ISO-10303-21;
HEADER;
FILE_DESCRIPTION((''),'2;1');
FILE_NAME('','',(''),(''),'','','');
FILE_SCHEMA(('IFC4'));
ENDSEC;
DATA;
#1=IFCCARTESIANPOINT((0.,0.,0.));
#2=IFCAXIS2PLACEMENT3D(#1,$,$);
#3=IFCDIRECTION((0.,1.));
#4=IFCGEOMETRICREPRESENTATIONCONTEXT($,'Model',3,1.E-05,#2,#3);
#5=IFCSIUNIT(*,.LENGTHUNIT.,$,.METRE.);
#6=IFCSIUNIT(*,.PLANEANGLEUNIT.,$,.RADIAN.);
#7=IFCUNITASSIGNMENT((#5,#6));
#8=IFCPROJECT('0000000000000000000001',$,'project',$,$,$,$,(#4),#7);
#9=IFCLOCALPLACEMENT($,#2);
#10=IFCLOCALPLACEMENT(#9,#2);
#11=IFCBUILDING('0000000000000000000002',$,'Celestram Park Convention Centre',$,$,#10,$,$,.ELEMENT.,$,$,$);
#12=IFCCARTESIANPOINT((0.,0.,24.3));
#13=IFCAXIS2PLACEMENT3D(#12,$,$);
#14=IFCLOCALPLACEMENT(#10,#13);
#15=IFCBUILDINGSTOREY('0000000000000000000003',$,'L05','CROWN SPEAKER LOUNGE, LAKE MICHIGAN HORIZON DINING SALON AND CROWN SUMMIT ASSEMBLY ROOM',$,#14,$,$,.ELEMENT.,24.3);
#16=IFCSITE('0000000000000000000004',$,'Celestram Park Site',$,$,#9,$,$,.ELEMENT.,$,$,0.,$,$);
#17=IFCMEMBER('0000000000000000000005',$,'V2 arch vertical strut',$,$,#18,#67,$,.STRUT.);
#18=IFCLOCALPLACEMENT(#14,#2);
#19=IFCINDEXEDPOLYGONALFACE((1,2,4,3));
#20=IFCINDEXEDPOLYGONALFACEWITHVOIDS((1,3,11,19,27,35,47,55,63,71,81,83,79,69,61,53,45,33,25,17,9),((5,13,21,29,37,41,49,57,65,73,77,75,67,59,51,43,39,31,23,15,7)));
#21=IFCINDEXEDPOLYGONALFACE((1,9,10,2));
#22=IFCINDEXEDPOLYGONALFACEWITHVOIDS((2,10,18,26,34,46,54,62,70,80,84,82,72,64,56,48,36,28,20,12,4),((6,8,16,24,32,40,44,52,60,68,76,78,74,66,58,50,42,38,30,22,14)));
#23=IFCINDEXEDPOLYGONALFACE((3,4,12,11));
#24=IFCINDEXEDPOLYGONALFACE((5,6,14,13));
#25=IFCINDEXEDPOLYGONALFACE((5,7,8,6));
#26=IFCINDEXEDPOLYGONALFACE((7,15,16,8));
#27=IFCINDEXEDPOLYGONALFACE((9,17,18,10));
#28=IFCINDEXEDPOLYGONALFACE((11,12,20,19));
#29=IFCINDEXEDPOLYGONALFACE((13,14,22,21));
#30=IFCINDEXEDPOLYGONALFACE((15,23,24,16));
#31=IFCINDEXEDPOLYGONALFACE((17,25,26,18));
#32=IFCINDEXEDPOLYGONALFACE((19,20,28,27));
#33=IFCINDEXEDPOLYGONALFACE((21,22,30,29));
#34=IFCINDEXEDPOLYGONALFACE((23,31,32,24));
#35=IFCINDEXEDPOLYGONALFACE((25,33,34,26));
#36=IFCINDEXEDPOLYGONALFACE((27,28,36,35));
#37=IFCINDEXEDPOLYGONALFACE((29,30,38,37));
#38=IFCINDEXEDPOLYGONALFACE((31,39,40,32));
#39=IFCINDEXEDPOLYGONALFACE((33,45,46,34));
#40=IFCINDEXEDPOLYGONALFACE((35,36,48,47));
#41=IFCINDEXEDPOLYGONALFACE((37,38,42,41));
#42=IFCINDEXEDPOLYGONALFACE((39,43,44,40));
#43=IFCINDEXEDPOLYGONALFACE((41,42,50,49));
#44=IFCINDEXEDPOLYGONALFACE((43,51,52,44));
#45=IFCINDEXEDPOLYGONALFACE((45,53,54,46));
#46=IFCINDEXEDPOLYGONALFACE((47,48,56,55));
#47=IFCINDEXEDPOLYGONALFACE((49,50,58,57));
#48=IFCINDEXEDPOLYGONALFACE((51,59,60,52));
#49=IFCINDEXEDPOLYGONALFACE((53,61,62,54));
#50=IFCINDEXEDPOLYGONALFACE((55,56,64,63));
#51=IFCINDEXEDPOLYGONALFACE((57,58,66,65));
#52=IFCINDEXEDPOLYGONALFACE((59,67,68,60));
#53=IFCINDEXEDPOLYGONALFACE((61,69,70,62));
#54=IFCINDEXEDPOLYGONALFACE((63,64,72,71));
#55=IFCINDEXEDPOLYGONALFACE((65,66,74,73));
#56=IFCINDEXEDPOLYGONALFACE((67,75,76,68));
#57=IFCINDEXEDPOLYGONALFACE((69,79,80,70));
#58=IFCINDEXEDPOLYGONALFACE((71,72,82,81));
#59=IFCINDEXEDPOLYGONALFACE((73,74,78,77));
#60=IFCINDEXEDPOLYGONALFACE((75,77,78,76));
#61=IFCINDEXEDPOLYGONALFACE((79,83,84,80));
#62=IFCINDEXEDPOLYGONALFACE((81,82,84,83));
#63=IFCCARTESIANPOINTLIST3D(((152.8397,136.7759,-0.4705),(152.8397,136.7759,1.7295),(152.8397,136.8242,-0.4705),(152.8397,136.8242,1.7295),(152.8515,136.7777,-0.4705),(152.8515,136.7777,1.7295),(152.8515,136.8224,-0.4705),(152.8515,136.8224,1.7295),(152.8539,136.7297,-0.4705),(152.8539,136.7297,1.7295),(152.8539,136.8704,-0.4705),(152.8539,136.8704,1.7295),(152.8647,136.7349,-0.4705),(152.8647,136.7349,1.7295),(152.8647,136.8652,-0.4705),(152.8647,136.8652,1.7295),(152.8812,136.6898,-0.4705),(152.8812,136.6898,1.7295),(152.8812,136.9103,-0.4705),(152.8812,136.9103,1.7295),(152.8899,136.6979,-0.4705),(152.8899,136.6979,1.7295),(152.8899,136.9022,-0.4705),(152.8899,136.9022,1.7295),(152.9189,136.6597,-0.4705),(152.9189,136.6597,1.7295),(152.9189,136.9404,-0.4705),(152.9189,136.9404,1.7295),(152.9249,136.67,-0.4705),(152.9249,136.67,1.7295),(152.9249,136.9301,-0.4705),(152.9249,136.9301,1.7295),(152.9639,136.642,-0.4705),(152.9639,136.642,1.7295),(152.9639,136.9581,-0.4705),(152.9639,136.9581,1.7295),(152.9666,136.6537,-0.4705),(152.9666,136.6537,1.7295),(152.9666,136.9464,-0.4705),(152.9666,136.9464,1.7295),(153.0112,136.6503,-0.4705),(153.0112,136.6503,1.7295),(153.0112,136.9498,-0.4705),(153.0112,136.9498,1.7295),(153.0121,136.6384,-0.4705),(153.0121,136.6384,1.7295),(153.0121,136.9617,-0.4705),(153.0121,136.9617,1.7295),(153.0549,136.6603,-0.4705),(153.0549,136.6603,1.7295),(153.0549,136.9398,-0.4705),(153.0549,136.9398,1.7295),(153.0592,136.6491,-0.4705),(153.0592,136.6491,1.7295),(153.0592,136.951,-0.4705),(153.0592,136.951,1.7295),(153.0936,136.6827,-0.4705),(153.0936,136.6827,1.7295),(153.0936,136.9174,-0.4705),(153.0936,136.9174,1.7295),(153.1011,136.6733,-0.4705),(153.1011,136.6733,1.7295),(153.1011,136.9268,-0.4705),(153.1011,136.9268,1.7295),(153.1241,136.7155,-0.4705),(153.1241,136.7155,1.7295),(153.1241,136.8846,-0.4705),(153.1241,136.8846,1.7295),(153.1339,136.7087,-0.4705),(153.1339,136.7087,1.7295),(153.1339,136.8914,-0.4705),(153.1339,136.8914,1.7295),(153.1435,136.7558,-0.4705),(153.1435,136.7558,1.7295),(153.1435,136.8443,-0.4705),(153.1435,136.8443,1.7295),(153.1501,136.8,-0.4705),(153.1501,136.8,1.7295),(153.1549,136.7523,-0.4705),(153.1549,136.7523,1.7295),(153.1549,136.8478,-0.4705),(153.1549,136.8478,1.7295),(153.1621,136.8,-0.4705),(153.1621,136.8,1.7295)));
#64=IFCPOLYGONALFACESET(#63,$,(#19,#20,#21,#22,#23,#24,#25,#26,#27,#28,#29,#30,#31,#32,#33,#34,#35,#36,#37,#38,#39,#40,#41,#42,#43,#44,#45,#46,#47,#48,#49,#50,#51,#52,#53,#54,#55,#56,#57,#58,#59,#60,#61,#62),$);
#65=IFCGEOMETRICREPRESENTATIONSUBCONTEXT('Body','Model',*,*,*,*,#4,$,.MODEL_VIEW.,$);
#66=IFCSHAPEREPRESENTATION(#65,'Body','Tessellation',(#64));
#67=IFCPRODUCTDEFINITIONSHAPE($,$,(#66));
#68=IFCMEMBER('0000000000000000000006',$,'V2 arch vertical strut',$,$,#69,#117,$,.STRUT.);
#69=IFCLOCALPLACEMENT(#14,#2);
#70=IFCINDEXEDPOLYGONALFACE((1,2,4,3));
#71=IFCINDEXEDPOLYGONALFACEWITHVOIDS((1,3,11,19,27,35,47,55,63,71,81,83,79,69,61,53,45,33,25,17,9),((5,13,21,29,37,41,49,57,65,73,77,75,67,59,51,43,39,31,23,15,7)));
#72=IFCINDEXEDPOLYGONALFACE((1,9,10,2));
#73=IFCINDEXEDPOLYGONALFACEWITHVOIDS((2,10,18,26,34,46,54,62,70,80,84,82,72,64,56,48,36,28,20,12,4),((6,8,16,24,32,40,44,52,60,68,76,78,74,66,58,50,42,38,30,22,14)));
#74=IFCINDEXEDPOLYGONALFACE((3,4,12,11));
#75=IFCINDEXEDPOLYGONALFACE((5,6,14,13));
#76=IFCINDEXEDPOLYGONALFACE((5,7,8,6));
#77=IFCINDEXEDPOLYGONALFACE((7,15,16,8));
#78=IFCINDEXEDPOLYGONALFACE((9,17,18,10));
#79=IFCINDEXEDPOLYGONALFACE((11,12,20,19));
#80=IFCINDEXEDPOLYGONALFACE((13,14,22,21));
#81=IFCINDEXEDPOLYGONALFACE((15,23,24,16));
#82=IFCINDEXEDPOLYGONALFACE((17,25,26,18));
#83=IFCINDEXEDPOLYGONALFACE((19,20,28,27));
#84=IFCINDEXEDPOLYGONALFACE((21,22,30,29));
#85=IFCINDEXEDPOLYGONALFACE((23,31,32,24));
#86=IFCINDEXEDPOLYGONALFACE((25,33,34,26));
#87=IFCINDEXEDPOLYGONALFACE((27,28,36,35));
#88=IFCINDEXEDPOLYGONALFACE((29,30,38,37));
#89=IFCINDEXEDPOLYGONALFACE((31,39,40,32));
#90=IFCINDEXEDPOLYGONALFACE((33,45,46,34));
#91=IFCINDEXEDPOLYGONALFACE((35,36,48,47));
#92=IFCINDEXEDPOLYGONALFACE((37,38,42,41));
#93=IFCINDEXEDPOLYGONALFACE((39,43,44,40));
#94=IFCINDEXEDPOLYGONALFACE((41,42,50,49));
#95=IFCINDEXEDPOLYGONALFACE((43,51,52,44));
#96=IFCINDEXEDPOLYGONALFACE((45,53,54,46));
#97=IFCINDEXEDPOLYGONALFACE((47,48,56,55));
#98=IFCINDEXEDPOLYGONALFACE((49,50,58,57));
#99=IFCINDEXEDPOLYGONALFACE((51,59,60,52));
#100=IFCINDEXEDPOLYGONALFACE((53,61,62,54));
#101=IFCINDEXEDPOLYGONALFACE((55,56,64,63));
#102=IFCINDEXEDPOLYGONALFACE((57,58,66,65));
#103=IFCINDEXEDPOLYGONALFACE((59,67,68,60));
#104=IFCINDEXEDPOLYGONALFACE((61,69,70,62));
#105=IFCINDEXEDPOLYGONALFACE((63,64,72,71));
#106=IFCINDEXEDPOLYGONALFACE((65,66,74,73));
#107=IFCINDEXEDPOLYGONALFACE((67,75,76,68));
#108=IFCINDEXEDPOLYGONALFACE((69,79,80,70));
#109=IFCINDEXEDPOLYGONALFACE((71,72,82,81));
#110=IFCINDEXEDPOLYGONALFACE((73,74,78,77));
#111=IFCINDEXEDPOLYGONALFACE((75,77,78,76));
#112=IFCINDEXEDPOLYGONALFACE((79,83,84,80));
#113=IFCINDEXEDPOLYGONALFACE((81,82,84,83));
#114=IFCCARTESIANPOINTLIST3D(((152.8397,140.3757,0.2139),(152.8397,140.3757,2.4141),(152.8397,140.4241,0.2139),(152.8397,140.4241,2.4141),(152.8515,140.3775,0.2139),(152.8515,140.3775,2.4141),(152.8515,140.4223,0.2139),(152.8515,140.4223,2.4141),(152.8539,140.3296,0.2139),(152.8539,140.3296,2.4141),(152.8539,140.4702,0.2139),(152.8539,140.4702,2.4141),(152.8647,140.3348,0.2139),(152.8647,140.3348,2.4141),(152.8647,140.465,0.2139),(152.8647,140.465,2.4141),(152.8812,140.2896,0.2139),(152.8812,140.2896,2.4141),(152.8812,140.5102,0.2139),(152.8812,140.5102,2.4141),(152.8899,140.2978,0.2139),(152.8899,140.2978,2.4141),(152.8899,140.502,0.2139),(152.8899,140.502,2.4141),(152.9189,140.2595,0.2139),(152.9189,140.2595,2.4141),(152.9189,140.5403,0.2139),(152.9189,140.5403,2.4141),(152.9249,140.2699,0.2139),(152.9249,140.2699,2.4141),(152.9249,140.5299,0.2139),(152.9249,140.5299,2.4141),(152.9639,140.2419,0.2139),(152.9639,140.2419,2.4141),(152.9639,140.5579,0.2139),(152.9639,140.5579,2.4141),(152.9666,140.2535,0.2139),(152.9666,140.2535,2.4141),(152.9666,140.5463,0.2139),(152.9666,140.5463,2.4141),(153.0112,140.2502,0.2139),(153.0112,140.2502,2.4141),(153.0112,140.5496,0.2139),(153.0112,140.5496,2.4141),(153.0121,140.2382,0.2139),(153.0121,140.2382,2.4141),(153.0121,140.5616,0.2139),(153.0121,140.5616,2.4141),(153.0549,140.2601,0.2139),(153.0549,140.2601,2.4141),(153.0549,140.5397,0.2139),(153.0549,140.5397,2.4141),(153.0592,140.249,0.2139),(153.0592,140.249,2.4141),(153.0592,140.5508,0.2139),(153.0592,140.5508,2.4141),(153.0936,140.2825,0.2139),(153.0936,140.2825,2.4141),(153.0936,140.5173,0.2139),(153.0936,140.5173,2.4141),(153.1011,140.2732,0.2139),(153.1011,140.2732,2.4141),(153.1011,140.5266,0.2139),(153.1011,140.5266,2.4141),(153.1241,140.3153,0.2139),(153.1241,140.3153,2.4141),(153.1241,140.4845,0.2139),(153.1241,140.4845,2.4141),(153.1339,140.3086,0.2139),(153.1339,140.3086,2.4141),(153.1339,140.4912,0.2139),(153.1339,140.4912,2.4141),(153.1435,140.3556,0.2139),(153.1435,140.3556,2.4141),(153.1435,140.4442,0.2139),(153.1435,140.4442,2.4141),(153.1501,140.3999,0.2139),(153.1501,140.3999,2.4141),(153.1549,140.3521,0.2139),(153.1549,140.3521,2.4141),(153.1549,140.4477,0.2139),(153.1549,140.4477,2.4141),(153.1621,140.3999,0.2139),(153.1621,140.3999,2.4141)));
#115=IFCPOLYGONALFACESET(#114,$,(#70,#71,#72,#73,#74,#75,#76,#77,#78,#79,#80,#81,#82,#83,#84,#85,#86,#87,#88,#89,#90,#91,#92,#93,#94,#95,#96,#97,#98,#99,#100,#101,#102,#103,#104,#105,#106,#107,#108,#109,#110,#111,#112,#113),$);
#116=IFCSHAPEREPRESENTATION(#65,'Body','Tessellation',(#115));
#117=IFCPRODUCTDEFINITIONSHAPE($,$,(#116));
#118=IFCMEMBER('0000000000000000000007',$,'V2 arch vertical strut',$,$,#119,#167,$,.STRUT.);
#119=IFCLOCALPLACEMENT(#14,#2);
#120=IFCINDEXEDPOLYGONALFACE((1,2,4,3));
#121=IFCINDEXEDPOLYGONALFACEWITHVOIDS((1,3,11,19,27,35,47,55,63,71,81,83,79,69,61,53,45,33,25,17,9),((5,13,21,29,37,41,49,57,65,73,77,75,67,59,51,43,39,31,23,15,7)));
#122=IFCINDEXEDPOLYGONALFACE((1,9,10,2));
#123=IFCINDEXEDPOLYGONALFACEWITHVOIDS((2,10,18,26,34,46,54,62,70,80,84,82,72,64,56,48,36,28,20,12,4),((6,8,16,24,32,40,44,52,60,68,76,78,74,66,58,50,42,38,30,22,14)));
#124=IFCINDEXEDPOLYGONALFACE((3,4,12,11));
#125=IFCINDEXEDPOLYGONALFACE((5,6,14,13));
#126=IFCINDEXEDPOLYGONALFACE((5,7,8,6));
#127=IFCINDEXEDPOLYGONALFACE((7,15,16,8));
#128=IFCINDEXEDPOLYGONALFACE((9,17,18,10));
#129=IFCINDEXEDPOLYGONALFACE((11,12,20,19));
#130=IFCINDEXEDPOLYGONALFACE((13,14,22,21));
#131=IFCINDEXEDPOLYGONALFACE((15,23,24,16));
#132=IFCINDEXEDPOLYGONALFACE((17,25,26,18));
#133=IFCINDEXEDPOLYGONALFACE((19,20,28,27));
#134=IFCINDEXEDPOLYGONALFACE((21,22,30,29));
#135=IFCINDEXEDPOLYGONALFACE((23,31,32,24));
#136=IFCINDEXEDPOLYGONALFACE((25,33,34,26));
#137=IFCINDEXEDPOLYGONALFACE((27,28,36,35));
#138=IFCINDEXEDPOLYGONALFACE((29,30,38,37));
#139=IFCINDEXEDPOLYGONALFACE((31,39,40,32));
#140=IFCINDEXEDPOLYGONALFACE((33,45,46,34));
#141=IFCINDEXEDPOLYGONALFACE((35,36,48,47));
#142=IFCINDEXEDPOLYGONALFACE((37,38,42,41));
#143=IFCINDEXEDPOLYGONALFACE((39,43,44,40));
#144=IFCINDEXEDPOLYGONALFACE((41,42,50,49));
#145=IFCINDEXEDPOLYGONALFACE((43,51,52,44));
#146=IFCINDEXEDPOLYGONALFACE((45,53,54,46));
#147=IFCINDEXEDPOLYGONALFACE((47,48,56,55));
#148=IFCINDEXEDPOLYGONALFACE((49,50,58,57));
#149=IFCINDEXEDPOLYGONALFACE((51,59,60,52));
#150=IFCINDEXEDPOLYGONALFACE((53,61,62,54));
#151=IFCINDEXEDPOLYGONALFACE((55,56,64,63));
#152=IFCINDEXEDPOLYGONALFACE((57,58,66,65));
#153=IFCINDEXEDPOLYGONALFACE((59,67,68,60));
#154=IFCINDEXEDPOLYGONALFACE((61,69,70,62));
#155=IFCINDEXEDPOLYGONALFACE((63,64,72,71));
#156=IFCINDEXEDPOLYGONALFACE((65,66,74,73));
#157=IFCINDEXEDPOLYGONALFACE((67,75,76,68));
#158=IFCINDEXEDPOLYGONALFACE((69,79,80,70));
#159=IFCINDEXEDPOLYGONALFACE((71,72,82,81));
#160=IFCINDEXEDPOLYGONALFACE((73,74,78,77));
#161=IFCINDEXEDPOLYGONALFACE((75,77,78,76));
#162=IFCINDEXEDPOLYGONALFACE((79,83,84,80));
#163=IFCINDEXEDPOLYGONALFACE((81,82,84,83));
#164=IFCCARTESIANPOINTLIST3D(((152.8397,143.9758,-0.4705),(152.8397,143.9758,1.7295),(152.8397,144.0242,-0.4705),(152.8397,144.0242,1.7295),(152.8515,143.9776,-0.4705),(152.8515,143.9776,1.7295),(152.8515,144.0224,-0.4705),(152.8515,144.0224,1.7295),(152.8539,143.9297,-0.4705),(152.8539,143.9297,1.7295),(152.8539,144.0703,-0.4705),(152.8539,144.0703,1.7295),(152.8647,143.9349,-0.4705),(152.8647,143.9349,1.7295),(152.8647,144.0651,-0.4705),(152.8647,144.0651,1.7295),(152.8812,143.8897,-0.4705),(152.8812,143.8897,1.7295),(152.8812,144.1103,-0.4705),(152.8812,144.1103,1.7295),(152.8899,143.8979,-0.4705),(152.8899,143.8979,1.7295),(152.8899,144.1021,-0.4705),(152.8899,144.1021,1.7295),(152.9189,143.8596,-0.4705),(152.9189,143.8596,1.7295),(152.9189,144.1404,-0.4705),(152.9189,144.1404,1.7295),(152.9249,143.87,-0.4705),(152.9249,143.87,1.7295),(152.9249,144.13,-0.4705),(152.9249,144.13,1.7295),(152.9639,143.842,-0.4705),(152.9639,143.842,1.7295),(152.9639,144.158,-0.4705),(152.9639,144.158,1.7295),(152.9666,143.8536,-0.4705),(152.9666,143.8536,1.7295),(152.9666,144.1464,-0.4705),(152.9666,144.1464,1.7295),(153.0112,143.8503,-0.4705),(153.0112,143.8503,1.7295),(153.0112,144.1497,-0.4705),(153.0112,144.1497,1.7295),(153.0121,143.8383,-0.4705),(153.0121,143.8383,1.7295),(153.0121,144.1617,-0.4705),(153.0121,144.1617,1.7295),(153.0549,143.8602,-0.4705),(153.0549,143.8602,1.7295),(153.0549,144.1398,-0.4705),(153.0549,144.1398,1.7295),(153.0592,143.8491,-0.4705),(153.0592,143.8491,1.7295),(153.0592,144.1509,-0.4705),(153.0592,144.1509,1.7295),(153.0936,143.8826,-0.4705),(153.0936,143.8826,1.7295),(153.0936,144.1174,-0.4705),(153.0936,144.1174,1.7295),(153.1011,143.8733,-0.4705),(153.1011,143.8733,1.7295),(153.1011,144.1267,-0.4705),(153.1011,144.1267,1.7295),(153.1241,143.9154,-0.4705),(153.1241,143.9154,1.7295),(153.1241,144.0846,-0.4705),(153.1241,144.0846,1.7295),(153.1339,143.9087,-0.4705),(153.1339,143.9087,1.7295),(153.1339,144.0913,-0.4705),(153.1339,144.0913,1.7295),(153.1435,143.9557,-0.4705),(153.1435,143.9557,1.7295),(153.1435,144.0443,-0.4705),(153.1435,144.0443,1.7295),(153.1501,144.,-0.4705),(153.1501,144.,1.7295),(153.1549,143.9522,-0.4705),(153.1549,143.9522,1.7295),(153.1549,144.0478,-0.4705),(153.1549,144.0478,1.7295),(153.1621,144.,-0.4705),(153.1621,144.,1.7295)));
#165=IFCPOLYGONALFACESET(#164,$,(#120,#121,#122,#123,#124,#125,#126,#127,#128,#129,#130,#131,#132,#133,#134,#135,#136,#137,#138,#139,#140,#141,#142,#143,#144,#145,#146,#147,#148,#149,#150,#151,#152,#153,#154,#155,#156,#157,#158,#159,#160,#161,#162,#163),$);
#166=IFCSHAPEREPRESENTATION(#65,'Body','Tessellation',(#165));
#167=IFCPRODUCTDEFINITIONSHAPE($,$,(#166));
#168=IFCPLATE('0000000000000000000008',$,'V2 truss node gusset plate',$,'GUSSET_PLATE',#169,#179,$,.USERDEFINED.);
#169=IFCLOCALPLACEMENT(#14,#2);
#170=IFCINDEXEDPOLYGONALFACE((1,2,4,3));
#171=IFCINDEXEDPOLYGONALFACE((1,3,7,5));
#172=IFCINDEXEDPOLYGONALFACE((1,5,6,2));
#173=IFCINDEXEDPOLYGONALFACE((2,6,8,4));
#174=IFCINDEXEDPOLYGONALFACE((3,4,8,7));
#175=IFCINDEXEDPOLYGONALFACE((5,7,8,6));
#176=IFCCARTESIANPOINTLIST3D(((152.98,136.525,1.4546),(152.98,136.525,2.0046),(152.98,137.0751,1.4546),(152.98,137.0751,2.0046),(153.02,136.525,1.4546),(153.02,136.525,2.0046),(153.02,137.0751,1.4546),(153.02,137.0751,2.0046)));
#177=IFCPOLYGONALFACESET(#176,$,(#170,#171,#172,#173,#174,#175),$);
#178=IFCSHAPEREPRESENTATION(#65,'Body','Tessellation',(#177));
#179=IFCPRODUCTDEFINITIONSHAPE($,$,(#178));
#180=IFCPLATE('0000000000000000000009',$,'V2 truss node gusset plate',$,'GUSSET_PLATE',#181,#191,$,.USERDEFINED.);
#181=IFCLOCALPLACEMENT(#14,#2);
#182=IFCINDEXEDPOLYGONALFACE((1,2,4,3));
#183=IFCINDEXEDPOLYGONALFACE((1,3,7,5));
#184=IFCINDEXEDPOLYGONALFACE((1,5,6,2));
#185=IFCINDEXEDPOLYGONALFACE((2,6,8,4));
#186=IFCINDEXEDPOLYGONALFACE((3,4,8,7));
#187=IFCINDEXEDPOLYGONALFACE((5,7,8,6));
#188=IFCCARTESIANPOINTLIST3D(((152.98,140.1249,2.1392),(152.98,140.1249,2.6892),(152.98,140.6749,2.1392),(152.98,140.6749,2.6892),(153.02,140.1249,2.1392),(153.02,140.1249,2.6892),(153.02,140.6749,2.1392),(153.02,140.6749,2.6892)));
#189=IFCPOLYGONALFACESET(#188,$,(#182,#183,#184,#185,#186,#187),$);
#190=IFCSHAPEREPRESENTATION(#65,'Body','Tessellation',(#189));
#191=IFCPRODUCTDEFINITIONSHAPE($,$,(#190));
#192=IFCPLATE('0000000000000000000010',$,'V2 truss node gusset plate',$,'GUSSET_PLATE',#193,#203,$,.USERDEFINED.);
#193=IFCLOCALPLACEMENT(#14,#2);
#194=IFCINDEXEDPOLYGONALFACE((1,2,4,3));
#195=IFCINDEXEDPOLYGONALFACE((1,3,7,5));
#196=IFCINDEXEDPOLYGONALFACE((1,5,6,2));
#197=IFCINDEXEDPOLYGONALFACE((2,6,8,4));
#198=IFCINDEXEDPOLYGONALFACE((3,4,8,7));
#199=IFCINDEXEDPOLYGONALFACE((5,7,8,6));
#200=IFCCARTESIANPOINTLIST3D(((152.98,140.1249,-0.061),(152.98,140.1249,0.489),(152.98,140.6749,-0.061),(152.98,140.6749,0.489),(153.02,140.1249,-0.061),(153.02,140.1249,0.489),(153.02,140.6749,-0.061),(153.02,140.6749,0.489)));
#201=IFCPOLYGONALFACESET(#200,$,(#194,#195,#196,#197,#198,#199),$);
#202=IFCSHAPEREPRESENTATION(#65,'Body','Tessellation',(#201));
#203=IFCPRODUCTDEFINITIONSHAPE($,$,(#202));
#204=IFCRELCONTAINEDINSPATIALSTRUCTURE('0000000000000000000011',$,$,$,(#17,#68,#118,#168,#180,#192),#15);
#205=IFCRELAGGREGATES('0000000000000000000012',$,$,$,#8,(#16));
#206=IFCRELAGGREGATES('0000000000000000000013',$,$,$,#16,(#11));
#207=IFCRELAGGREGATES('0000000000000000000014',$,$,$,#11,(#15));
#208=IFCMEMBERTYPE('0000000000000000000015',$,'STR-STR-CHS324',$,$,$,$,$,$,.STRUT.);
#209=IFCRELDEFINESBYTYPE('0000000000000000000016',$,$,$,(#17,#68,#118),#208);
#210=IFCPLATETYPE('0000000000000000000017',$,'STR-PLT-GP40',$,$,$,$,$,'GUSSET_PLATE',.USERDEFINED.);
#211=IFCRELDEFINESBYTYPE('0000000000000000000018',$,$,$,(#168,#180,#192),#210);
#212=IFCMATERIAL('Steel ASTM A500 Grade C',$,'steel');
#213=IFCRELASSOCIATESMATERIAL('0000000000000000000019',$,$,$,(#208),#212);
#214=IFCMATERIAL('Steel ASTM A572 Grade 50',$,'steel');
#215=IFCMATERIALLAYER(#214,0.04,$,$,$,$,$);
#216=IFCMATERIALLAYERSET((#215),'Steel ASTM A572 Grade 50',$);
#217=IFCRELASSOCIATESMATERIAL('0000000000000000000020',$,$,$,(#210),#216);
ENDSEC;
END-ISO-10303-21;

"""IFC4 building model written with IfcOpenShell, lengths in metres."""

from ifc_helpers import new_model, si_unit, direction, frame, origin, origin_2d, place, context, subcontext, project, spatial, rectangle, hollow_circle, extrude, material, layer, layer_set, material_profile, profile_set, type_object, element, save


model = new_model("IFC4")

# Units and contexts
model_context = context("Model", 3, precision=1e-05, world=origin(), true_north=direction((0.0, 1.0)))
body_context = subcontext(model_context, "Body", "Model", "MODEL_VIEW")
ifc_project = project(units=[si_unit("LENGTHUNIT", "METRE"), si_unit("PLANEANGLEUNIT", "RADIAN")], contexts=[model_context])

# Site, building, storey
site_placement = place(None, origin())
site = spatial("IfcSite", under=ifc_project, at=site_placement, Name="Celestram Park Site", CompositionType="ELEMENT", RefElevation=0.0)
building_placement = place(site_placement, origin())
building = spatial("IfcBuilding", under=site, at=building_placement, Name="Celestram Park Convention Centre", CompositionType="ELEMENT")
storey_placement = place(building_placement, frame((0.0, 0.0, 24.3)))
storey = spatial("IfcBuildingStorey", under=building, at=storey_placement, Name="L05", Description="CROWN SPEAKER LOUNGE, LAKE MICHIGAN HORIZON DINING SALON AND CROWN SUMMIT ASSEMBLY ROOM", CompositionType="ELEMENT", Elevation=24.3)

# Shared definitions
ifc_material_1 = material(Name="Steel ASTM A500 Grade C", Category="steel")

# Members
ifc_material_profile_1 = material_profile(ifc_material_1, hollow_circle(Radius=0.1621, WallThickness=0.012, at=origin_2d()), Name="CHS324X12")
ifc_profile_set_1 = profile_set([ifc_material_profile_1], Name="Steel ASTM A500 Grade C")
member_type_1 = type_object("IfcMemberType", Name="STR-STR-CHS324", PredefinedType="STRUT", material=ifc_profile_set_1)
member_1_placement = place(storey_placement, frame((153.0, 136.8, -0.4705), z_axis=(0.0, 0.0, 1.0), x_axis=(1.0, 0.0, 0.0)))
element("IfcMember", 1, at=member_1_placement, inside=storey, type_object=member_type_1, Name="V2 arch vertical strut", PredefinedType="STRUT", context=body_context, shape_type="SweptSolid", body=[
    extrude(hollow_circle(Radius=0.1621, WallThickness=0.012, at=origin_2d()), origin(), (0.0, 0.0, 1.0), 2.2),
])
member_2_placement = place(storey_placement, frame((153.0, 140.3999, 0.2139), z_axis=(0.0, 0.0, 1.0), x_axis=(1.0, 0.0, 0.0)))
element("IfcMember", 2, at=member_2_placement, inside=storey, type_object=member_type_1, Name="V2 arch vertical strut", PredefinedType="STRUT", context=body_context, shape_type="SweptSolid", body=[
    extrude(hollow_circle(Radius=0.1621, WallThickness=0.012, at=origin_2d()), origin(), (0.0, 0.0, 1.0), 2.2002),
])
member_3_placement = place(storey_placement, frame((153.0, 144.0, -0.4705), z_axis=(0.0, 0.0, 1.0), x_axis=(1.0, 0.0, 0.0)))
element("IfcMember", 3, at=member_3_placement, inside=storey, type_object=member_type_1, Name="V2 arch vertical strut", PredefinedType="STRUT", context=body_context, shape_type="SweptSolid", body=[
    extrude(hollow_circle(Radius=0.1621, WallThickness=0.012, at=origin_2d()), origin(), (0.0, 0.0, 1.0), 2.2),
])

# Plates
ifc_material_2 = material(Name="Steel ASTM A572 Grade 50", Category="steel")
ifc_layer_1 = layer(ifc_material_2, 0.04)
ifc_layer_set_1 = layer_set([ifc_layer_1], Name="Steel ASTM A572 Grade 50")
plate_type = type_object("IfcPlateType", Name="STR-PLT-GP40", ElementType="GUSSET_PLATE", PredefinedType="USERDEFINED", material=ifc_layer_set_1)
for number, where, z_axis, x_axis, name in (
    (4, (153.0, 136.8, 1.4546), (0.0, 0.0, 1.0), (0.0, 1.0, 0.0), "V2 truss node gusset plate"),
    (5, (153.0, 140.3999, 2.1392), (0.0, 0.0, 1.0), (0.0, 1.0, 0.0), "V2 truss node gusset plate"),
    (6, (153.0, 140.3999, -0.061), (0.0, 0.0, 1.0), (0.0, 1.0, 0.0), "V2 truss node gusset plate"),
):
    element("IfcPlate", number, at=place(storey_placement, frame(where, z_axis=z_axis, x_axis=x_axis)), inside=storey, type_object=plate_type, Name=name, ObjectType="GUSSET_PLATE", PredefinedType="USERDEFINED", context=body_context, shape_type="SweptSolid", body=[
        extrude(rectangle(XDim=0.55, YDim=0.04, at=origin_2d()), origin(), (0.0, 0.0, 1.0), 0.55),
    ])

save(model, "model.ifc")
